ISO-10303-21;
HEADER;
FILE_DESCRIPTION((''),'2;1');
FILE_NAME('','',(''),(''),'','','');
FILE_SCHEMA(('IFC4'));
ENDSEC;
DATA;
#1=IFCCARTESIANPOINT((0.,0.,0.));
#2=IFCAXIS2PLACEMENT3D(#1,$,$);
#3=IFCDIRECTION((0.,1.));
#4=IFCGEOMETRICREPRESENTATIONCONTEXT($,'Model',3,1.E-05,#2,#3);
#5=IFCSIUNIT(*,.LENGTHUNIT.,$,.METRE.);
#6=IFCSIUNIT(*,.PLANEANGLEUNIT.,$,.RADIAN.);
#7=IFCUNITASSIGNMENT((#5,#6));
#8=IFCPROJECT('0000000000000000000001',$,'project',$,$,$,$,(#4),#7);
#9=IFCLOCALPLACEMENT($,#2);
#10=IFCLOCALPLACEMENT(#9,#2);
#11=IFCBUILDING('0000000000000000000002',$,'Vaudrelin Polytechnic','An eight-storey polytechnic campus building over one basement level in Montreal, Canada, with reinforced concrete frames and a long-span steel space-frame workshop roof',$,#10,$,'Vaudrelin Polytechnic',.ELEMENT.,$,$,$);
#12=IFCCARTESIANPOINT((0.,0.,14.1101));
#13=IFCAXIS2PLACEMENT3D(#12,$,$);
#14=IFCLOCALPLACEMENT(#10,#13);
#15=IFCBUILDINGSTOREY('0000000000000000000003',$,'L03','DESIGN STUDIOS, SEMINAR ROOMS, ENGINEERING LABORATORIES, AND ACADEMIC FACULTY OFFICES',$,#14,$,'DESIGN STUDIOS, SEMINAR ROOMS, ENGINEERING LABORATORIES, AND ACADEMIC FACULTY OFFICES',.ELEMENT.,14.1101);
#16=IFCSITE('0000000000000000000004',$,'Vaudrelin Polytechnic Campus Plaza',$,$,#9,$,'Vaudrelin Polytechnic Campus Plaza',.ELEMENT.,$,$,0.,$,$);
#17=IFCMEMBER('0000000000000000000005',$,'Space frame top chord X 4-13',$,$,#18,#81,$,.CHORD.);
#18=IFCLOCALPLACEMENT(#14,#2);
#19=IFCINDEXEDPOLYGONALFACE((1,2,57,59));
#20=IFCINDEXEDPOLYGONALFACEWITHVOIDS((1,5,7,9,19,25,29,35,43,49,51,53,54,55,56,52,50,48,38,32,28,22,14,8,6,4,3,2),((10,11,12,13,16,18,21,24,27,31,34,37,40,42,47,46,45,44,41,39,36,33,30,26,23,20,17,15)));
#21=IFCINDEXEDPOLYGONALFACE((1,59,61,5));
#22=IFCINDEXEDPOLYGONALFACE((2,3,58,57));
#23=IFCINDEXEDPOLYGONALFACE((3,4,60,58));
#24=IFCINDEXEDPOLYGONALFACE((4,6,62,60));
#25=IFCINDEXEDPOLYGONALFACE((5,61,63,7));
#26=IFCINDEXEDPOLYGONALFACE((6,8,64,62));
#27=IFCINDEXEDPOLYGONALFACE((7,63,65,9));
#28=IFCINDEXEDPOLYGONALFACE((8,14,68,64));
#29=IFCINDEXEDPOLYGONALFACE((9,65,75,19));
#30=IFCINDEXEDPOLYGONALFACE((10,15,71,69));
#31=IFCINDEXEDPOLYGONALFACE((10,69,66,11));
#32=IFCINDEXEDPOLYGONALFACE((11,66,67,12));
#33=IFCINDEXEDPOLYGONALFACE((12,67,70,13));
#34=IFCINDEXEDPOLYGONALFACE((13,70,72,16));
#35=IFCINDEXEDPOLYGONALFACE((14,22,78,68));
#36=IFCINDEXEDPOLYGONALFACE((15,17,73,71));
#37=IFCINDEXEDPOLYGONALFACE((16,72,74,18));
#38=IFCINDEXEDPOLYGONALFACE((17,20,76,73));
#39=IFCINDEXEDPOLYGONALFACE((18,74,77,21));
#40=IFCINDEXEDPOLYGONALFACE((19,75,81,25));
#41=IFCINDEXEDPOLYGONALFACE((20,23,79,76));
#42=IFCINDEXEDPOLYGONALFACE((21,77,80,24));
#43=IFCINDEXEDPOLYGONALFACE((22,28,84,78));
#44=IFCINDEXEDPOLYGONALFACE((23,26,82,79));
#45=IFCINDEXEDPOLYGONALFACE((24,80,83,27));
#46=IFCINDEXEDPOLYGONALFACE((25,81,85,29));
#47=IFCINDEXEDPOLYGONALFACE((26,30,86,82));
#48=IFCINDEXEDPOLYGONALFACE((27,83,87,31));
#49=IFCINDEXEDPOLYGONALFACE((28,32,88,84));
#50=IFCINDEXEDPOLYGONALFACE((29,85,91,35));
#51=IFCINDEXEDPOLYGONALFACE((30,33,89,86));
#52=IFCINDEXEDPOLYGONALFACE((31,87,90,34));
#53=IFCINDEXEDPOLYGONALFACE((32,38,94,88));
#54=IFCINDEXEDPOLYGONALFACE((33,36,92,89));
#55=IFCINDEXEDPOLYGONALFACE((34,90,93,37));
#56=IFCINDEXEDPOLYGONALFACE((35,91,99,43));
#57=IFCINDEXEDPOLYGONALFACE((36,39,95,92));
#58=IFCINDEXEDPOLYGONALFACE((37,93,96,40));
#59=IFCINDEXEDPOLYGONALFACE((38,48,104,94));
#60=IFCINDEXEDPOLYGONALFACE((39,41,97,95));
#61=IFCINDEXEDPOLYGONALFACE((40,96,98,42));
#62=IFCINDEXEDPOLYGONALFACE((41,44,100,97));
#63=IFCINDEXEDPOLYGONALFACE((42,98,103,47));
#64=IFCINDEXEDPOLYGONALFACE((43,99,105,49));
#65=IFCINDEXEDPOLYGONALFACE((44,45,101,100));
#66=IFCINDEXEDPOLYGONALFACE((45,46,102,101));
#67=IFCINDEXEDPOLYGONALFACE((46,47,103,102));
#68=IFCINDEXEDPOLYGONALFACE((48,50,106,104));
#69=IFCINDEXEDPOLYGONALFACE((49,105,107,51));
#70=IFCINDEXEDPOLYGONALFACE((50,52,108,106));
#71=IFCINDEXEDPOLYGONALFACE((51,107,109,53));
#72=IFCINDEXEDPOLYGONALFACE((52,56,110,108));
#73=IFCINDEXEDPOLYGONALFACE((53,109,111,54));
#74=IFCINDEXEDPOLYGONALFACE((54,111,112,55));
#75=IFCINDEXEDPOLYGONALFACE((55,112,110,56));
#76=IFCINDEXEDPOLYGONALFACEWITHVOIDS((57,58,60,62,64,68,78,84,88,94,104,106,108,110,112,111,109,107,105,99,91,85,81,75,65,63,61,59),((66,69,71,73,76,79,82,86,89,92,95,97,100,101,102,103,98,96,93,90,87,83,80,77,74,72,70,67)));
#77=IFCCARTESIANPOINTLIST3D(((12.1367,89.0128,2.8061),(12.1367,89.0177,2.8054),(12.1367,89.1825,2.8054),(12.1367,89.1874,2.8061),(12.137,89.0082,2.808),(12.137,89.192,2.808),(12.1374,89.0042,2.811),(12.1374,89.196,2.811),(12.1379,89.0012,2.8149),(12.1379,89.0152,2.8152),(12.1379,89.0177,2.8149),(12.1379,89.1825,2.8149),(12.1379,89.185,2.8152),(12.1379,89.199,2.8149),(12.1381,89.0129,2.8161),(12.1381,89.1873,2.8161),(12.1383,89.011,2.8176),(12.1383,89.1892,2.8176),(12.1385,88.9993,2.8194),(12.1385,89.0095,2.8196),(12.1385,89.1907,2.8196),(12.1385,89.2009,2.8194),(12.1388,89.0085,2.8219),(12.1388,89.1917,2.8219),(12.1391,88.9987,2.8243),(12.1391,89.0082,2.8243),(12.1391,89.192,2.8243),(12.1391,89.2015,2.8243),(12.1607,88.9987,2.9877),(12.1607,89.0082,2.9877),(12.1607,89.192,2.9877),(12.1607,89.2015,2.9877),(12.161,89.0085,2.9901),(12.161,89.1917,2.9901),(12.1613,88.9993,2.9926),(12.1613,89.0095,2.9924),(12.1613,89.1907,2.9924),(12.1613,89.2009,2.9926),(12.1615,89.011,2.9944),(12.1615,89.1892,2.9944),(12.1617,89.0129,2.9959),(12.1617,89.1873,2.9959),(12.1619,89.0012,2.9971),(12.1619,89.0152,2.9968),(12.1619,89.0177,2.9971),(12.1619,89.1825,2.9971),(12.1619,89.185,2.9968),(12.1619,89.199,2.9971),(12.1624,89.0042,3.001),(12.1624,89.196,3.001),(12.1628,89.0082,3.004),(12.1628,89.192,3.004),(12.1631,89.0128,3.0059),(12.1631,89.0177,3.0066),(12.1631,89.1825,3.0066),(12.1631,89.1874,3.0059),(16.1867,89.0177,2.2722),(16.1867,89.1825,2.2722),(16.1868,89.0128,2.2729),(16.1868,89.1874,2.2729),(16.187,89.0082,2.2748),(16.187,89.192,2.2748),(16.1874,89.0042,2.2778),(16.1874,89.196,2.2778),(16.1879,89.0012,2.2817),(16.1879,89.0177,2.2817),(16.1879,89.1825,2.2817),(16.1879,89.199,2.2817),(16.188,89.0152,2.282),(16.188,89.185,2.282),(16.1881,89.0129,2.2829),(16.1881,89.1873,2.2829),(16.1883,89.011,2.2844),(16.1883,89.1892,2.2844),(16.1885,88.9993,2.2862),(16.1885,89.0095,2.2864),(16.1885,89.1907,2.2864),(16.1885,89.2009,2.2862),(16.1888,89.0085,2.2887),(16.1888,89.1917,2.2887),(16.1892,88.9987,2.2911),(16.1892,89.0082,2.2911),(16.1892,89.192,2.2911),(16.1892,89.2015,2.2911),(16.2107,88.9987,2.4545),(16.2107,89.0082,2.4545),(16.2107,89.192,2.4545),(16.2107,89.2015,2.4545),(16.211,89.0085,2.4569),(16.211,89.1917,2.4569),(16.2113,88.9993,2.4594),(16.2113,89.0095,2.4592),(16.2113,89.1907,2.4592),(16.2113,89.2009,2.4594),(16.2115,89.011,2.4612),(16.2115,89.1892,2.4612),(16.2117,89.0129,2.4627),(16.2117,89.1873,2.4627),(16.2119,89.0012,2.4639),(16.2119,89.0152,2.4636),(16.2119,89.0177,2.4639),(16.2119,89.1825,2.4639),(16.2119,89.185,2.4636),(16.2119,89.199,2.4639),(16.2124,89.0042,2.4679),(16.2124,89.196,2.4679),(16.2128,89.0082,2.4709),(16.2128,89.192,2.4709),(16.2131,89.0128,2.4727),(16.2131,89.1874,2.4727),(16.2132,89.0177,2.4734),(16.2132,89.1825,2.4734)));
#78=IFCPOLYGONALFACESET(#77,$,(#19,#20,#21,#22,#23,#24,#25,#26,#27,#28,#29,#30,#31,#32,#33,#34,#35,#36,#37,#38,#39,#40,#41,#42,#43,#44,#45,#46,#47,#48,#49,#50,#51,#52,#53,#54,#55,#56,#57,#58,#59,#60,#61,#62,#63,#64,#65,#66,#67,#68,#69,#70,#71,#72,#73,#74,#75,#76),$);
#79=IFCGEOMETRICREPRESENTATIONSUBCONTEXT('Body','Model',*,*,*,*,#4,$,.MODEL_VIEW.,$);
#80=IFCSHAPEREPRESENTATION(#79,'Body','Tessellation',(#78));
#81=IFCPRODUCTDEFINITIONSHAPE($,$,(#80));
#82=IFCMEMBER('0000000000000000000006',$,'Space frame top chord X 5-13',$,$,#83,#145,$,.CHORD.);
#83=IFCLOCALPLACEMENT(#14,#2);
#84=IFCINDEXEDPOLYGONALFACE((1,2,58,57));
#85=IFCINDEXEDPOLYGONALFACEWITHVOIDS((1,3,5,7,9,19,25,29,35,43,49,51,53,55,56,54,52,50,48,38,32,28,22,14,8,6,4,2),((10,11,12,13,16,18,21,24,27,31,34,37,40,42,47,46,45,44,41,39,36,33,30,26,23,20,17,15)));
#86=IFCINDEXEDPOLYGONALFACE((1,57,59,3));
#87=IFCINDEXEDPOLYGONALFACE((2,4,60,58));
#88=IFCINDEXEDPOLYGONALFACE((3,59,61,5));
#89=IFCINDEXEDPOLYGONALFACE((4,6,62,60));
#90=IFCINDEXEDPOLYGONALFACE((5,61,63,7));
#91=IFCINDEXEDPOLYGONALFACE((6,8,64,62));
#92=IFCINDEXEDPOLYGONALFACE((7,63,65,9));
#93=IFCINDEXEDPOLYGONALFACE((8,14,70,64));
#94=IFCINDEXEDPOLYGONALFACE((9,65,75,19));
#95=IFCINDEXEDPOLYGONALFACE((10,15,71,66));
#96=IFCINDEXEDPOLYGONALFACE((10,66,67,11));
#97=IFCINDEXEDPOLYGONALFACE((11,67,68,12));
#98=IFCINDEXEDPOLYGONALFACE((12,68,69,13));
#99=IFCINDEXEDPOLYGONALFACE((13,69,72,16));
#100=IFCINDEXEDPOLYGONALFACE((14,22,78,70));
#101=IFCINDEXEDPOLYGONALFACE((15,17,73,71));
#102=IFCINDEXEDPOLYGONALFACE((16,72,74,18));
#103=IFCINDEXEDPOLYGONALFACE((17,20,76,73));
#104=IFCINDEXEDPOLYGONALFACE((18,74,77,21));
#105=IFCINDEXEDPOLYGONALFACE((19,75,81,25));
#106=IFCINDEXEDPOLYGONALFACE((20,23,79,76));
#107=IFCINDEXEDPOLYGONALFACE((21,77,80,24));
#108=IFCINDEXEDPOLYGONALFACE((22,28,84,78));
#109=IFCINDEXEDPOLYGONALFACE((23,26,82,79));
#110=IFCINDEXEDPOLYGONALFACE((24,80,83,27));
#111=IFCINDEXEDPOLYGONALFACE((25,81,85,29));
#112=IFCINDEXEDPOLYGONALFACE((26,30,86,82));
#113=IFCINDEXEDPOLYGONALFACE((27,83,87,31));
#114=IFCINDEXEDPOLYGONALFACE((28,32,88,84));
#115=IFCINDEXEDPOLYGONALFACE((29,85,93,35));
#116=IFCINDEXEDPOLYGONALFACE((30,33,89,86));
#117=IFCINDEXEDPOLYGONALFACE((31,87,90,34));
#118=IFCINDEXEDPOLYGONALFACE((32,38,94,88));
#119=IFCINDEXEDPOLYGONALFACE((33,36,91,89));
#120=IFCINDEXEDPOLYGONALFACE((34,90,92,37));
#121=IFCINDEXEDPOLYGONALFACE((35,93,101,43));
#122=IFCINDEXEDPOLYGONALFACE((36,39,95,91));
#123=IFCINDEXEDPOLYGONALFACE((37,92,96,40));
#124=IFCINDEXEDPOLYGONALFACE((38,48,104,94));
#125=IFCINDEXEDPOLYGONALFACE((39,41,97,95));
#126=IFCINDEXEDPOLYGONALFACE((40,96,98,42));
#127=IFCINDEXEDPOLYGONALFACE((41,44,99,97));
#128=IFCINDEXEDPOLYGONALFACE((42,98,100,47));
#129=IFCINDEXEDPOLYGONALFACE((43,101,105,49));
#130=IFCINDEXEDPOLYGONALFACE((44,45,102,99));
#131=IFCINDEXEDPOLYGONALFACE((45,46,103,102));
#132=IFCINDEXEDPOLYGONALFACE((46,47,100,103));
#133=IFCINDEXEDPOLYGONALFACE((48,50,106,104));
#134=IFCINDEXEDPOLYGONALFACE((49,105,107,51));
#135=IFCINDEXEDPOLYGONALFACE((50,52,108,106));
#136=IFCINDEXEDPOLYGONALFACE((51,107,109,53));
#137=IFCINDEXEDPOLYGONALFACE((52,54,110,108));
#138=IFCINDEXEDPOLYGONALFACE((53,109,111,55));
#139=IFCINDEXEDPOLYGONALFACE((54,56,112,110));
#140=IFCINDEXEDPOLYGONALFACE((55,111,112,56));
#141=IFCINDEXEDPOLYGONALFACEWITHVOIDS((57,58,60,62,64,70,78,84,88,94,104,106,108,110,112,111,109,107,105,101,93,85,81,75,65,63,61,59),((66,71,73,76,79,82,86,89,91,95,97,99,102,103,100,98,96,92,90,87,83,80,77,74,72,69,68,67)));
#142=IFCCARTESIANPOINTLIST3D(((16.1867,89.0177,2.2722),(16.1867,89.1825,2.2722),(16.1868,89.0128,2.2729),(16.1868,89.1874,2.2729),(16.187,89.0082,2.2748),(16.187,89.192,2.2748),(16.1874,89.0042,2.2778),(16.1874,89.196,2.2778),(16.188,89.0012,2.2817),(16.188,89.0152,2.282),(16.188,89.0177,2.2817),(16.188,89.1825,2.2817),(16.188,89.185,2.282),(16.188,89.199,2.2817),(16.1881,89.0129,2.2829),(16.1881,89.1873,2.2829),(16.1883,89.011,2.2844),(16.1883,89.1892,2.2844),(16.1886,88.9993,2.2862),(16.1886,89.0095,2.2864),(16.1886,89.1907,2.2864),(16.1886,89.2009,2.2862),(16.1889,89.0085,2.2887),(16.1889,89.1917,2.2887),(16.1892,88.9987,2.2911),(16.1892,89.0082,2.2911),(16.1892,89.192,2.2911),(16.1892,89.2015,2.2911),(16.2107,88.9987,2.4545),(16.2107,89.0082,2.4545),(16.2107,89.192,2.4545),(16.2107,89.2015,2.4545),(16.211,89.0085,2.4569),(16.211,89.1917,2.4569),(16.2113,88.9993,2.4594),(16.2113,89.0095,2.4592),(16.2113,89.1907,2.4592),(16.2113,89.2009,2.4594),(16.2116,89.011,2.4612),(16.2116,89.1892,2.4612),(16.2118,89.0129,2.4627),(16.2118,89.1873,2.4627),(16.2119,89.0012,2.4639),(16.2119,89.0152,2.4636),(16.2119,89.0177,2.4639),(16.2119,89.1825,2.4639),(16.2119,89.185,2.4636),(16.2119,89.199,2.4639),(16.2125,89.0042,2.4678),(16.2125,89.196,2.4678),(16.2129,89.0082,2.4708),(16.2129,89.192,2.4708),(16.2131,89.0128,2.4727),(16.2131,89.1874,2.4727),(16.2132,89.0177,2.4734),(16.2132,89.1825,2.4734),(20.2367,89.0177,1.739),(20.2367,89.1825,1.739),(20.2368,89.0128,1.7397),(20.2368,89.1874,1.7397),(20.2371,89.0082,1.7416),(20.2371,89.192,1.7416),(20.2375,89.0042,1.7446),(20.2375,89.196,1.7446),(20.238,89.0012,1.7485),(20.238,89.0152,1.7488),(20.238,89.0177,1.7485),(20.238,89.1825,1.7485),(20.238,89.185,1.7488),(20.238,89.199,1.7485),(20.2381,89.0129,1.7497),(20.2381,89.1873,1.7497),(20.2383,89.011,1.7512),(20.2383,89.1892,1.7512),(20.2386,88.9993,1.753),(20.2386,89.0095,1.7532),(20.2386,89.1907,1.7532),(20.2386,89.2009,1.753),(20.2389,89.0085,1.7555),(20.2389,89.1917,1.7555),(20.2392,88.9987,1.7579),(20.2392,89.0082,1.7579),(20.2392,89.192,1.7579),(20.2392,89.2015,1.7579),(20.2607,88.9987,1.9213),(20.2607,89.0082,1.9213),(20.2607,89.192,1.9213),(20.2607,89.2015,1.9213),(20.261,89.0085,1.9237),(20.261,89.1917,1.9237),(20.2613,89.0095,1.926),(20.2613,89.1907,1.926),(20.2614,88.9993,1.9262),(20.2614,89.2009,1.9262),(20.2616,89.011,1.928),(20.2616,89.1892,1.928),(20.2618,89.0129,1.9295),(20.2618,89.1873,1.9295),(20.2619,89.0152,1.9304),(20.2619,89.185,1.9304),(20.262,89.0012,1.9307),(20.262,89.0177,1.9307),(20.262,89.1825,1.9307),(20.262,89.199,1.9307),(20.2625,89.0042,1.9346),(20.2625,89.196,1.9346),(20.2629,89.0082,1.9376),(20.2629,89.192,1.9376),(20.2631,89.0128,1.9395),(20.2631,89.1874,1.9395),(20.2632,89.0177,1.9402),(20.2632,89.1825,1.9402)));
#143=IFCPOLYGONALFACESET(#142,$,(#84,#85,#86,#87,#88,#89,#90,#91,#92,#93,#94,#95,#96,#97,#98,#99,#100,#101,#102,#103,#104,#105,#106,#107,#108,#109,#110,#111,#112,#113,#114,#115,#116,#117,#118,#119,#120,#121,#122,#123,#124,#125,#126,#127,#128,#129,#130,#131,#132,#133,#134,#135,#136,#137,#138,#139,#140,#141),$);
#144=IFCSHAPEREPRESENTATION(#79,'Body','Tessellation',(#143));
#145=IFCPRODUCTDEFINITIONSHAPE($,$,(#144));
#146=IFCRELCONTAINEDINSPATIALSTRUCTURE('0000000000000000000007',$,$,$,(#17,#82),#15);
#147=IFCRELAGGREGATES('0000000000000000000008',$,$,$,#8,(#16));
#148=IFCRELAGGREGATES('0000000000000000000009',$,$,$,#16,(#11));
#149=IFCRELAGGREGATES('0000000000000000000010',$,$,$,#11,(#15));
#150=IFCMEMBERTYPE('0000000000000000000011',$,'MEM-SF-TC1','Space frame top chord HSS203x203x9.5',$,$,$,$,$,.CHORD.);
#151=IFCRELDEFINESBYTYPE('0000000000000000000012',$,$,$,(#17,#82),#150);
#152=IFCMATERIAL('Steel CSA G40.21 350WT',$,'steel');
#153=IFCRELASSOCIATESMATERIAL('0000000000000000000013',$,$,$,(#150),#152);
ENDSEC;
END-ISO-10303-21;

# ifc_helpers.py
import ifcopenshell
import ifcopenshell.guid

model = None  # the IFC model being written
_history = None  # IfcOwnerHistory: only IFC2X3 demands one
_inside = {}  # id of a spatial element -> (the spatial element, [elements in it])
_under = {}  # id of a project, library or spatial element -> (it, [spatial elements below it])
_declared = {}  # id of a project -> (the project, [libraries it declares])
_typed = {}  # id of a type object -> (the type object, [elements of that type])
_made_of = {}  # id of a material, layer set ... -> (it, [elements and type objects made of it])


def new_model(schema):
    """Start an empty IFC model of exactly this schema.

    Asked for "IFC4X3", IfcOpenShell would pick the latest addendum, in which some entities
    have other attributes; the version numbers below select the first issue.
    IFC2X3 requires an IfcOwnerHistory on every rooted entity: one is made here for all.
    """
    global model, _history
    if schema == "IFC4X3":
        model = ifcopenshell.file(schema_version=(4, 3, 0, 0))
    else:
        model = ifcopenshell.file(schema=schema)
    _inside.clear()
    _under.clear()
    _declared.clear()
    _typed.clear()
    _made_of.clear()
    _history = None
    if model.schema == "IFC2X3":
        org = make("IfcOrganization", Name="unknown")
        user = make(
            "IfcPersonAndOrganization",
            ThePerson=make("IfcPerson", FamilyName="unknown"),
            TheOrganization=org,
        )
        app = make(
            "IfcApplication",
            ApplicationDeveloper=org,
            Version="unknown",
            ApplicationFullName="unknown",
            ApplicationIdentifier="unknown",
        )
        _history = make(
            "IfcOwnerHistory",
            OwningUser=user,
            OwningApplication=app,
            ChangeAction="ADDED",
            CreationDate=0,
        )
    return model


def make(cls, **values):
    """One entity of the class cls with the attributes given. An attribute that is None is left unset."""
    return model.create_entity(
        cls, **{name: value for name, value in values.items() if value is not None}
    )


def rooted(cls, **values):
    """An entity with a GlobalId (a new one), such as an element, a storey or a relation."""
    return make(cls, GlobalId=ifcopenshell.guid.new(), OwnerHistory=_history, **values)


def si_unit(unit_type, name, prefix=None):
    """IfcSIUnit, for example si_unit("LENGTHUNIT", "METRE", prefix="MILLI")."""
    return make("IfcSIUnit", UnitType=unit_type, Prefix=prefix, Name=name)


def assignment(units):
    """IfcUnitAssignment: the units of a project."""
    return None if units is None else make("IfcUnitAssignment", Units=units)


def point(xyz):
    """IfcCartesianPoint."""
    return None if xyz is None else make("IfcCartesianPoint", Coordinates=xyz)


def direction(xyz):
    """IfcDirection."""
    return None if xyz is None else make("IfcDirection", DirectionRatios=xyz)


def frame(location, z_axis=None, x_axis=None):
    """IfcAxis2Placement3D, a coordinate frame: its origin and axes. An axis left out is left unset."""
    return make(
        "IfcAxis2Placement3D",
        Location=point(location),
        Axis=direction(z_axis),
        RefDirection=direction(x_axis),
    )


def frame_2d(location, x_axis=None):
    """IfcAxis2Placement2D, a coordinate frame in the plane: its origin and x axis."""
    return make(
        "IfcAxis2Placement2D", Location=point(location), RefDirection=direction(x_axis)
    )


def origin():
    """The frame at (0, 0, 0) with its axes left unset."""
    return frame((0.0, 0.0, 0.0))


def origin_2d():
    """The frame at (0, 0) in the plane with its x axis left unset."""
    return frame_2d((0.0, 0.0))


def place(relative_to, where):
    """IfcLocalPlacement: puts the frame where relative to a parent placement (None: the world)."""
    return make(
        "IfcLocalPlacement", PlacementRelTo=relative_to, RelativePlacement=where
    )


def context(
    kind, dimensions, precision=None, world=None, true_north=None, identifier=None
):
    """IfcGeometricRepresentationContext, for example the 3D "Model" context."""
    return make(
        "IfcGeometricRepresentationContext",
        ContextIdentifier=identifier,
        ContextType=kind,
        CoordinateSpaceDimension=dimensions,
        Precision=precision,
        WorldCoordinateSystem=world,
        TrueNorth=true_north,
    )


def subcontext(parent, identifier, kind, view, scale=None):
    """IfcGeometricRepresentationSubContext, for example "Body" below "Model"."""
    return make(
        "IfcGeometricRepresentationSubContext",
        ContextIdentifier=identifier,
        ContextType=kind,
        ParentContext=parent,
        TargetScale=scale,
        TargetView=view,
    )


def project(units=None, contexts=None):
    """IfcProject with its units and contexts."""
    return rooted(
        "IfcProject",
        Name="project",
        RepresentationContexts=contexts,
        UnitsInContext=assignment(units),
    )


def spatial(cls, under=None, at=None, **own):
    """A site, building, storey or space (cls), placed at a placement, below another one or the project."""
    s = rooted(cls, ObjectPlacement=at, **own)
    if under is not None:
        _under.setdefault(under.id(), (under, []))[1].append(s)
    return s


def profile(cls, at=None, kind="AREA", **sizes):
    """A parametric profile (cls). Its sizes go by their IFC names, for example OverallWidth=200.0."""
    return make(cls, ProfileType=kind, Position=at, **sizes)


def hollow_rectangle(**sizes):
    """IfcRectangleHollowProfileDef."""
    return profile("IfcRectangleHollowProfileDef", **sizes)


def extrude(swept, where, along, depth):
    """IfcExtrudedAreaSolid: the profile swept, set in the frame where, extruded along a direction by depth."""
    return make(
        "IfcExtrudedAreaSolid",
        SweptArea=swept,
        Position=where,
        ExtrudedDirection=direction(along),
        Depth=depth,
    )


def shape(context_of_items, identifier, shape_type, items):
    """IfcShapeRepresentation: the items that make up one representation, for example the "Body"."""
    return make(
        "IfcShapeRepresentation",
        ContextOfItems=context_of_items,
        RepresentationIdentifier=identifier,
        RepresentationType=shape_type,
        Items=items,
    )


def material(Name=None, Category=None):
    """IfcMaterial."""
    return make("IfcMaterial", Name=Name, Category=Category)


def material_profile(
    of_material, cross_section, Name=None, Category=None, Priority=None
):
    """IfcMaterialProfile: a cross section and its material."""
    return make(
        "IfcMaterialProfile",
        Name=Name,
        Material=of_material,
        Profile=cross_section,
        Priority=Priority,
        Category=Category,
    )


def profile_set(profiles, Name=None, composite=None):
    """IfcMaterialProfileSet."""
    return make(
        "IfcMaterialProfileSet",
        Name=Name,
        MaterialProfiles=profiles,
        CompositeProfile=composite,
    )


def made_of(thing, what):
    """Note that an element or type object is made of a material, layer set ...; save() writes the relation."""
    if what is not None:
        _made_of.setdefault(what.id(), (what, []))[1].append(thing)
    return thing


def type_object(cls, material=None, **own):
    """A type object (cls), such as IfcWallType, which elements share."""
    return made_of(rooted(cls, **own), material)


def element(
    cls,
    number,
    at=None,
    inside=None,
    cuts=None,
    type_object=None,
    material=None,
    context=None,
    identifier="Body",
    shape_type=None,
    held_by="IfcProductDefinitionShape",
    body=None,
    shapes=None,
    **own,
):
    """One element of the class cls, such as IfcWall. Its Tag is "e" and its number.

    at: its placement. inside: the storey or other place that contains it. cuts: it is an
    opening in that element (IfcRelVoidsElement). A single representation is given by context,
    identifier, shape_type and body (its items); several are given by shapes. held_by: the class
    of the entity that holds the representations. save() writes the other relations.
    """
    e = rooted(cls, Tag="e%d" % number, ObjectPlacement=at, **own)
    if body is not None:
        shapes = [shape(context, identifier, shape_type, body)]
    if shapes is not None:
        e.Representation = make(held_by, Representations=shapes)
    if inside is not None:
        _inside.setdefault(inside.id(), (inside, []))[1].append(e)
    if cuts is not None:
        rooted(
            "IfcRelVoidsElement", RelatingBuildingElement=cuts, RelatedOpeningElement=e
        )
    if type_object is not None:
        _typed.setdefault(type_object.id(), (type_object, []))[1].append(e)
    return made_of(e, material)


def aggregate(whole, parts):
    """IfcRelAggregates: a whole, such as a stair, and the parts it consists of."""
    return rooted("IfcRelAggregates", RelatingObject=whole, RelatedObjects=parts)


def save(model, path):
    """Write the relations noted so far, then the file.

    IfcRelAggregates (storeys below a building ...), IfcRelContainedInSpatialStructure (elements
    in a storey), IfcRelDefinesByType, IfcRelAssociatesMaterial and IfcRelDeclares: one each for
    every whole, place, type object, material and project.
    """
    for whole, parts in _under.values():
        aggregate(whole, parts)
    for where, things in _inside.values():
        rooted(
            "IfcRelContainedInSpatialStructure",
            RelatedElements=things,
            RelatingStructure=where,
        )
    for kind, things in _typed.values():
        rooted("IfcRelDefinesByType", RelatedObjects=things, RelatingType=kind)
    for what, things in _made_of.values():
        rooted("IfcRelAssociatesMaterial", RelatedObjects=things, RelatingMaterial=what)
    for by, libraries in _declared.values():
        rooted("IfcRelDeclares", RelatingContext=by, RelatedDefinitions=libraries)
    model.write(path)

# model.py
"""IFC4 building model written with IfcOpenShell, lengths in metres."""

from ifc_helpers import new_model, si_unit, direction, frame, origin, origin_2d, place, context, subcontext, project, spatial, hollow_rectangle, extrude, material, material_profile, profile_set, type_object, element, save


model = new_model("IFC4")

# Units and contexts
model_context = context("Model", 3, precision=1e-05, world=origin(), true_north=direction((0.0, 1.0)))
body_context = subcontext(model_context, "Body", "Model", "MODEL_VIEW")
ifc_project = project(units=[si_unit("LENGTHUNIT", "METRE"), si_unit("PLANEANGLEUNIT", "RADIAN")], contexts=[model_context])

# Site, building, storey
site_placement = place(None, origin())
site = spatial("IfcSite", under=ifc_project, at=site_placement, Name="Vaudrelin Polytechnic Campus Plaza", LongName="Vaudrelin Polytechnic Campus Plaza", CompositionType="ELEMENT", RefElevation=0.0)
building_placement = place(site_placement, origin())
building = spatial("IfcBuilding", under=site, at=building_placement, Name="Vaudrelin Polytechnic", Description="An eight-storey polytechnic campus building over one basement level in Montreal, Canada, with reinforced concrete frames and a long-span steel space-frame workshop roof", LongName="Vaudrelin Polytechnic", CompositionType="ELEMENT")
storey_placement = place(building_placement, frame((0.0, 0.0, 14.1101)))
storey = spatial("IfcBuildingStorey", under=building, at=storey_placement, Name="L03", Description="DESIGN STUDIOS, SEMINAR ROOMS, ENGINEERING LABORATORIES, AND ACADEMIC FACULTY OFFICES", LongName="DESIGN STUDIOS, SEMINAR ROOMS, ENGINEERING LABORATORIES, AND ACADEMIC FACULTY OFFICES", CompositionType="ELEMENT", Elevation=14.1101)

# Members
ifc_material = material(Name="Steel CSA G40.21 350WT", Category="steel")
ifc_material_profile_1 = material_profile(ifc_material, hollow_rectangle(XDim=0.2029, YDim=0.2029, WallThickness=0.0095, InnerFilletRadius=0.0095, OuterFilletRadius=0.019, at=origin_2d()), Name="HSS203x203x9.5")
ifc_profile_set_1 = profile_set([ifc_material_profile_1], Name="Steel CSA G40.21 350WT")
member_type_1 = type_object("IfcMemberType", Name="MEM-SF-TC1", Description="Space frame top chord HSS203x203x9.5", PredefinedType="CHORD", material=ifc_profile_set_1)
for number, where, z_axis, x_axis, name in (
    (1, (12.1499, 89.1001, 2.906), (0.991445, 0.0, -0.130527), (0.0, 1.0, 0.0), "Space frame top chord X 4-13"),
    (2, (16.2, 89.1001, 2.3728), (0.991445, 0.0, -0.130527), (0.0, 1.0, 0.0), "Space frame top chord X 5-13"),
):
    element("IfcMember", number, at=place(storey_placement, frame(where, z_axis=z_axis, x_axis=x_axis)), inside=storey, type_object=member_type_1, Name=name, PredefinedType="CHORD", context=body_context, shape_type="SweptSolid", body=[
        extrude(hollow_rectangle(XDim=0.2029, YDim=0.2029, WallThickness=0.0095, InnerFilletRadius=0.0095, OuterFilletRadius=0.019, at=origin_2d()), origin(), (0.0, 0.0, 1.0), 4.085),
    ])

save(model, "model.ifc")
